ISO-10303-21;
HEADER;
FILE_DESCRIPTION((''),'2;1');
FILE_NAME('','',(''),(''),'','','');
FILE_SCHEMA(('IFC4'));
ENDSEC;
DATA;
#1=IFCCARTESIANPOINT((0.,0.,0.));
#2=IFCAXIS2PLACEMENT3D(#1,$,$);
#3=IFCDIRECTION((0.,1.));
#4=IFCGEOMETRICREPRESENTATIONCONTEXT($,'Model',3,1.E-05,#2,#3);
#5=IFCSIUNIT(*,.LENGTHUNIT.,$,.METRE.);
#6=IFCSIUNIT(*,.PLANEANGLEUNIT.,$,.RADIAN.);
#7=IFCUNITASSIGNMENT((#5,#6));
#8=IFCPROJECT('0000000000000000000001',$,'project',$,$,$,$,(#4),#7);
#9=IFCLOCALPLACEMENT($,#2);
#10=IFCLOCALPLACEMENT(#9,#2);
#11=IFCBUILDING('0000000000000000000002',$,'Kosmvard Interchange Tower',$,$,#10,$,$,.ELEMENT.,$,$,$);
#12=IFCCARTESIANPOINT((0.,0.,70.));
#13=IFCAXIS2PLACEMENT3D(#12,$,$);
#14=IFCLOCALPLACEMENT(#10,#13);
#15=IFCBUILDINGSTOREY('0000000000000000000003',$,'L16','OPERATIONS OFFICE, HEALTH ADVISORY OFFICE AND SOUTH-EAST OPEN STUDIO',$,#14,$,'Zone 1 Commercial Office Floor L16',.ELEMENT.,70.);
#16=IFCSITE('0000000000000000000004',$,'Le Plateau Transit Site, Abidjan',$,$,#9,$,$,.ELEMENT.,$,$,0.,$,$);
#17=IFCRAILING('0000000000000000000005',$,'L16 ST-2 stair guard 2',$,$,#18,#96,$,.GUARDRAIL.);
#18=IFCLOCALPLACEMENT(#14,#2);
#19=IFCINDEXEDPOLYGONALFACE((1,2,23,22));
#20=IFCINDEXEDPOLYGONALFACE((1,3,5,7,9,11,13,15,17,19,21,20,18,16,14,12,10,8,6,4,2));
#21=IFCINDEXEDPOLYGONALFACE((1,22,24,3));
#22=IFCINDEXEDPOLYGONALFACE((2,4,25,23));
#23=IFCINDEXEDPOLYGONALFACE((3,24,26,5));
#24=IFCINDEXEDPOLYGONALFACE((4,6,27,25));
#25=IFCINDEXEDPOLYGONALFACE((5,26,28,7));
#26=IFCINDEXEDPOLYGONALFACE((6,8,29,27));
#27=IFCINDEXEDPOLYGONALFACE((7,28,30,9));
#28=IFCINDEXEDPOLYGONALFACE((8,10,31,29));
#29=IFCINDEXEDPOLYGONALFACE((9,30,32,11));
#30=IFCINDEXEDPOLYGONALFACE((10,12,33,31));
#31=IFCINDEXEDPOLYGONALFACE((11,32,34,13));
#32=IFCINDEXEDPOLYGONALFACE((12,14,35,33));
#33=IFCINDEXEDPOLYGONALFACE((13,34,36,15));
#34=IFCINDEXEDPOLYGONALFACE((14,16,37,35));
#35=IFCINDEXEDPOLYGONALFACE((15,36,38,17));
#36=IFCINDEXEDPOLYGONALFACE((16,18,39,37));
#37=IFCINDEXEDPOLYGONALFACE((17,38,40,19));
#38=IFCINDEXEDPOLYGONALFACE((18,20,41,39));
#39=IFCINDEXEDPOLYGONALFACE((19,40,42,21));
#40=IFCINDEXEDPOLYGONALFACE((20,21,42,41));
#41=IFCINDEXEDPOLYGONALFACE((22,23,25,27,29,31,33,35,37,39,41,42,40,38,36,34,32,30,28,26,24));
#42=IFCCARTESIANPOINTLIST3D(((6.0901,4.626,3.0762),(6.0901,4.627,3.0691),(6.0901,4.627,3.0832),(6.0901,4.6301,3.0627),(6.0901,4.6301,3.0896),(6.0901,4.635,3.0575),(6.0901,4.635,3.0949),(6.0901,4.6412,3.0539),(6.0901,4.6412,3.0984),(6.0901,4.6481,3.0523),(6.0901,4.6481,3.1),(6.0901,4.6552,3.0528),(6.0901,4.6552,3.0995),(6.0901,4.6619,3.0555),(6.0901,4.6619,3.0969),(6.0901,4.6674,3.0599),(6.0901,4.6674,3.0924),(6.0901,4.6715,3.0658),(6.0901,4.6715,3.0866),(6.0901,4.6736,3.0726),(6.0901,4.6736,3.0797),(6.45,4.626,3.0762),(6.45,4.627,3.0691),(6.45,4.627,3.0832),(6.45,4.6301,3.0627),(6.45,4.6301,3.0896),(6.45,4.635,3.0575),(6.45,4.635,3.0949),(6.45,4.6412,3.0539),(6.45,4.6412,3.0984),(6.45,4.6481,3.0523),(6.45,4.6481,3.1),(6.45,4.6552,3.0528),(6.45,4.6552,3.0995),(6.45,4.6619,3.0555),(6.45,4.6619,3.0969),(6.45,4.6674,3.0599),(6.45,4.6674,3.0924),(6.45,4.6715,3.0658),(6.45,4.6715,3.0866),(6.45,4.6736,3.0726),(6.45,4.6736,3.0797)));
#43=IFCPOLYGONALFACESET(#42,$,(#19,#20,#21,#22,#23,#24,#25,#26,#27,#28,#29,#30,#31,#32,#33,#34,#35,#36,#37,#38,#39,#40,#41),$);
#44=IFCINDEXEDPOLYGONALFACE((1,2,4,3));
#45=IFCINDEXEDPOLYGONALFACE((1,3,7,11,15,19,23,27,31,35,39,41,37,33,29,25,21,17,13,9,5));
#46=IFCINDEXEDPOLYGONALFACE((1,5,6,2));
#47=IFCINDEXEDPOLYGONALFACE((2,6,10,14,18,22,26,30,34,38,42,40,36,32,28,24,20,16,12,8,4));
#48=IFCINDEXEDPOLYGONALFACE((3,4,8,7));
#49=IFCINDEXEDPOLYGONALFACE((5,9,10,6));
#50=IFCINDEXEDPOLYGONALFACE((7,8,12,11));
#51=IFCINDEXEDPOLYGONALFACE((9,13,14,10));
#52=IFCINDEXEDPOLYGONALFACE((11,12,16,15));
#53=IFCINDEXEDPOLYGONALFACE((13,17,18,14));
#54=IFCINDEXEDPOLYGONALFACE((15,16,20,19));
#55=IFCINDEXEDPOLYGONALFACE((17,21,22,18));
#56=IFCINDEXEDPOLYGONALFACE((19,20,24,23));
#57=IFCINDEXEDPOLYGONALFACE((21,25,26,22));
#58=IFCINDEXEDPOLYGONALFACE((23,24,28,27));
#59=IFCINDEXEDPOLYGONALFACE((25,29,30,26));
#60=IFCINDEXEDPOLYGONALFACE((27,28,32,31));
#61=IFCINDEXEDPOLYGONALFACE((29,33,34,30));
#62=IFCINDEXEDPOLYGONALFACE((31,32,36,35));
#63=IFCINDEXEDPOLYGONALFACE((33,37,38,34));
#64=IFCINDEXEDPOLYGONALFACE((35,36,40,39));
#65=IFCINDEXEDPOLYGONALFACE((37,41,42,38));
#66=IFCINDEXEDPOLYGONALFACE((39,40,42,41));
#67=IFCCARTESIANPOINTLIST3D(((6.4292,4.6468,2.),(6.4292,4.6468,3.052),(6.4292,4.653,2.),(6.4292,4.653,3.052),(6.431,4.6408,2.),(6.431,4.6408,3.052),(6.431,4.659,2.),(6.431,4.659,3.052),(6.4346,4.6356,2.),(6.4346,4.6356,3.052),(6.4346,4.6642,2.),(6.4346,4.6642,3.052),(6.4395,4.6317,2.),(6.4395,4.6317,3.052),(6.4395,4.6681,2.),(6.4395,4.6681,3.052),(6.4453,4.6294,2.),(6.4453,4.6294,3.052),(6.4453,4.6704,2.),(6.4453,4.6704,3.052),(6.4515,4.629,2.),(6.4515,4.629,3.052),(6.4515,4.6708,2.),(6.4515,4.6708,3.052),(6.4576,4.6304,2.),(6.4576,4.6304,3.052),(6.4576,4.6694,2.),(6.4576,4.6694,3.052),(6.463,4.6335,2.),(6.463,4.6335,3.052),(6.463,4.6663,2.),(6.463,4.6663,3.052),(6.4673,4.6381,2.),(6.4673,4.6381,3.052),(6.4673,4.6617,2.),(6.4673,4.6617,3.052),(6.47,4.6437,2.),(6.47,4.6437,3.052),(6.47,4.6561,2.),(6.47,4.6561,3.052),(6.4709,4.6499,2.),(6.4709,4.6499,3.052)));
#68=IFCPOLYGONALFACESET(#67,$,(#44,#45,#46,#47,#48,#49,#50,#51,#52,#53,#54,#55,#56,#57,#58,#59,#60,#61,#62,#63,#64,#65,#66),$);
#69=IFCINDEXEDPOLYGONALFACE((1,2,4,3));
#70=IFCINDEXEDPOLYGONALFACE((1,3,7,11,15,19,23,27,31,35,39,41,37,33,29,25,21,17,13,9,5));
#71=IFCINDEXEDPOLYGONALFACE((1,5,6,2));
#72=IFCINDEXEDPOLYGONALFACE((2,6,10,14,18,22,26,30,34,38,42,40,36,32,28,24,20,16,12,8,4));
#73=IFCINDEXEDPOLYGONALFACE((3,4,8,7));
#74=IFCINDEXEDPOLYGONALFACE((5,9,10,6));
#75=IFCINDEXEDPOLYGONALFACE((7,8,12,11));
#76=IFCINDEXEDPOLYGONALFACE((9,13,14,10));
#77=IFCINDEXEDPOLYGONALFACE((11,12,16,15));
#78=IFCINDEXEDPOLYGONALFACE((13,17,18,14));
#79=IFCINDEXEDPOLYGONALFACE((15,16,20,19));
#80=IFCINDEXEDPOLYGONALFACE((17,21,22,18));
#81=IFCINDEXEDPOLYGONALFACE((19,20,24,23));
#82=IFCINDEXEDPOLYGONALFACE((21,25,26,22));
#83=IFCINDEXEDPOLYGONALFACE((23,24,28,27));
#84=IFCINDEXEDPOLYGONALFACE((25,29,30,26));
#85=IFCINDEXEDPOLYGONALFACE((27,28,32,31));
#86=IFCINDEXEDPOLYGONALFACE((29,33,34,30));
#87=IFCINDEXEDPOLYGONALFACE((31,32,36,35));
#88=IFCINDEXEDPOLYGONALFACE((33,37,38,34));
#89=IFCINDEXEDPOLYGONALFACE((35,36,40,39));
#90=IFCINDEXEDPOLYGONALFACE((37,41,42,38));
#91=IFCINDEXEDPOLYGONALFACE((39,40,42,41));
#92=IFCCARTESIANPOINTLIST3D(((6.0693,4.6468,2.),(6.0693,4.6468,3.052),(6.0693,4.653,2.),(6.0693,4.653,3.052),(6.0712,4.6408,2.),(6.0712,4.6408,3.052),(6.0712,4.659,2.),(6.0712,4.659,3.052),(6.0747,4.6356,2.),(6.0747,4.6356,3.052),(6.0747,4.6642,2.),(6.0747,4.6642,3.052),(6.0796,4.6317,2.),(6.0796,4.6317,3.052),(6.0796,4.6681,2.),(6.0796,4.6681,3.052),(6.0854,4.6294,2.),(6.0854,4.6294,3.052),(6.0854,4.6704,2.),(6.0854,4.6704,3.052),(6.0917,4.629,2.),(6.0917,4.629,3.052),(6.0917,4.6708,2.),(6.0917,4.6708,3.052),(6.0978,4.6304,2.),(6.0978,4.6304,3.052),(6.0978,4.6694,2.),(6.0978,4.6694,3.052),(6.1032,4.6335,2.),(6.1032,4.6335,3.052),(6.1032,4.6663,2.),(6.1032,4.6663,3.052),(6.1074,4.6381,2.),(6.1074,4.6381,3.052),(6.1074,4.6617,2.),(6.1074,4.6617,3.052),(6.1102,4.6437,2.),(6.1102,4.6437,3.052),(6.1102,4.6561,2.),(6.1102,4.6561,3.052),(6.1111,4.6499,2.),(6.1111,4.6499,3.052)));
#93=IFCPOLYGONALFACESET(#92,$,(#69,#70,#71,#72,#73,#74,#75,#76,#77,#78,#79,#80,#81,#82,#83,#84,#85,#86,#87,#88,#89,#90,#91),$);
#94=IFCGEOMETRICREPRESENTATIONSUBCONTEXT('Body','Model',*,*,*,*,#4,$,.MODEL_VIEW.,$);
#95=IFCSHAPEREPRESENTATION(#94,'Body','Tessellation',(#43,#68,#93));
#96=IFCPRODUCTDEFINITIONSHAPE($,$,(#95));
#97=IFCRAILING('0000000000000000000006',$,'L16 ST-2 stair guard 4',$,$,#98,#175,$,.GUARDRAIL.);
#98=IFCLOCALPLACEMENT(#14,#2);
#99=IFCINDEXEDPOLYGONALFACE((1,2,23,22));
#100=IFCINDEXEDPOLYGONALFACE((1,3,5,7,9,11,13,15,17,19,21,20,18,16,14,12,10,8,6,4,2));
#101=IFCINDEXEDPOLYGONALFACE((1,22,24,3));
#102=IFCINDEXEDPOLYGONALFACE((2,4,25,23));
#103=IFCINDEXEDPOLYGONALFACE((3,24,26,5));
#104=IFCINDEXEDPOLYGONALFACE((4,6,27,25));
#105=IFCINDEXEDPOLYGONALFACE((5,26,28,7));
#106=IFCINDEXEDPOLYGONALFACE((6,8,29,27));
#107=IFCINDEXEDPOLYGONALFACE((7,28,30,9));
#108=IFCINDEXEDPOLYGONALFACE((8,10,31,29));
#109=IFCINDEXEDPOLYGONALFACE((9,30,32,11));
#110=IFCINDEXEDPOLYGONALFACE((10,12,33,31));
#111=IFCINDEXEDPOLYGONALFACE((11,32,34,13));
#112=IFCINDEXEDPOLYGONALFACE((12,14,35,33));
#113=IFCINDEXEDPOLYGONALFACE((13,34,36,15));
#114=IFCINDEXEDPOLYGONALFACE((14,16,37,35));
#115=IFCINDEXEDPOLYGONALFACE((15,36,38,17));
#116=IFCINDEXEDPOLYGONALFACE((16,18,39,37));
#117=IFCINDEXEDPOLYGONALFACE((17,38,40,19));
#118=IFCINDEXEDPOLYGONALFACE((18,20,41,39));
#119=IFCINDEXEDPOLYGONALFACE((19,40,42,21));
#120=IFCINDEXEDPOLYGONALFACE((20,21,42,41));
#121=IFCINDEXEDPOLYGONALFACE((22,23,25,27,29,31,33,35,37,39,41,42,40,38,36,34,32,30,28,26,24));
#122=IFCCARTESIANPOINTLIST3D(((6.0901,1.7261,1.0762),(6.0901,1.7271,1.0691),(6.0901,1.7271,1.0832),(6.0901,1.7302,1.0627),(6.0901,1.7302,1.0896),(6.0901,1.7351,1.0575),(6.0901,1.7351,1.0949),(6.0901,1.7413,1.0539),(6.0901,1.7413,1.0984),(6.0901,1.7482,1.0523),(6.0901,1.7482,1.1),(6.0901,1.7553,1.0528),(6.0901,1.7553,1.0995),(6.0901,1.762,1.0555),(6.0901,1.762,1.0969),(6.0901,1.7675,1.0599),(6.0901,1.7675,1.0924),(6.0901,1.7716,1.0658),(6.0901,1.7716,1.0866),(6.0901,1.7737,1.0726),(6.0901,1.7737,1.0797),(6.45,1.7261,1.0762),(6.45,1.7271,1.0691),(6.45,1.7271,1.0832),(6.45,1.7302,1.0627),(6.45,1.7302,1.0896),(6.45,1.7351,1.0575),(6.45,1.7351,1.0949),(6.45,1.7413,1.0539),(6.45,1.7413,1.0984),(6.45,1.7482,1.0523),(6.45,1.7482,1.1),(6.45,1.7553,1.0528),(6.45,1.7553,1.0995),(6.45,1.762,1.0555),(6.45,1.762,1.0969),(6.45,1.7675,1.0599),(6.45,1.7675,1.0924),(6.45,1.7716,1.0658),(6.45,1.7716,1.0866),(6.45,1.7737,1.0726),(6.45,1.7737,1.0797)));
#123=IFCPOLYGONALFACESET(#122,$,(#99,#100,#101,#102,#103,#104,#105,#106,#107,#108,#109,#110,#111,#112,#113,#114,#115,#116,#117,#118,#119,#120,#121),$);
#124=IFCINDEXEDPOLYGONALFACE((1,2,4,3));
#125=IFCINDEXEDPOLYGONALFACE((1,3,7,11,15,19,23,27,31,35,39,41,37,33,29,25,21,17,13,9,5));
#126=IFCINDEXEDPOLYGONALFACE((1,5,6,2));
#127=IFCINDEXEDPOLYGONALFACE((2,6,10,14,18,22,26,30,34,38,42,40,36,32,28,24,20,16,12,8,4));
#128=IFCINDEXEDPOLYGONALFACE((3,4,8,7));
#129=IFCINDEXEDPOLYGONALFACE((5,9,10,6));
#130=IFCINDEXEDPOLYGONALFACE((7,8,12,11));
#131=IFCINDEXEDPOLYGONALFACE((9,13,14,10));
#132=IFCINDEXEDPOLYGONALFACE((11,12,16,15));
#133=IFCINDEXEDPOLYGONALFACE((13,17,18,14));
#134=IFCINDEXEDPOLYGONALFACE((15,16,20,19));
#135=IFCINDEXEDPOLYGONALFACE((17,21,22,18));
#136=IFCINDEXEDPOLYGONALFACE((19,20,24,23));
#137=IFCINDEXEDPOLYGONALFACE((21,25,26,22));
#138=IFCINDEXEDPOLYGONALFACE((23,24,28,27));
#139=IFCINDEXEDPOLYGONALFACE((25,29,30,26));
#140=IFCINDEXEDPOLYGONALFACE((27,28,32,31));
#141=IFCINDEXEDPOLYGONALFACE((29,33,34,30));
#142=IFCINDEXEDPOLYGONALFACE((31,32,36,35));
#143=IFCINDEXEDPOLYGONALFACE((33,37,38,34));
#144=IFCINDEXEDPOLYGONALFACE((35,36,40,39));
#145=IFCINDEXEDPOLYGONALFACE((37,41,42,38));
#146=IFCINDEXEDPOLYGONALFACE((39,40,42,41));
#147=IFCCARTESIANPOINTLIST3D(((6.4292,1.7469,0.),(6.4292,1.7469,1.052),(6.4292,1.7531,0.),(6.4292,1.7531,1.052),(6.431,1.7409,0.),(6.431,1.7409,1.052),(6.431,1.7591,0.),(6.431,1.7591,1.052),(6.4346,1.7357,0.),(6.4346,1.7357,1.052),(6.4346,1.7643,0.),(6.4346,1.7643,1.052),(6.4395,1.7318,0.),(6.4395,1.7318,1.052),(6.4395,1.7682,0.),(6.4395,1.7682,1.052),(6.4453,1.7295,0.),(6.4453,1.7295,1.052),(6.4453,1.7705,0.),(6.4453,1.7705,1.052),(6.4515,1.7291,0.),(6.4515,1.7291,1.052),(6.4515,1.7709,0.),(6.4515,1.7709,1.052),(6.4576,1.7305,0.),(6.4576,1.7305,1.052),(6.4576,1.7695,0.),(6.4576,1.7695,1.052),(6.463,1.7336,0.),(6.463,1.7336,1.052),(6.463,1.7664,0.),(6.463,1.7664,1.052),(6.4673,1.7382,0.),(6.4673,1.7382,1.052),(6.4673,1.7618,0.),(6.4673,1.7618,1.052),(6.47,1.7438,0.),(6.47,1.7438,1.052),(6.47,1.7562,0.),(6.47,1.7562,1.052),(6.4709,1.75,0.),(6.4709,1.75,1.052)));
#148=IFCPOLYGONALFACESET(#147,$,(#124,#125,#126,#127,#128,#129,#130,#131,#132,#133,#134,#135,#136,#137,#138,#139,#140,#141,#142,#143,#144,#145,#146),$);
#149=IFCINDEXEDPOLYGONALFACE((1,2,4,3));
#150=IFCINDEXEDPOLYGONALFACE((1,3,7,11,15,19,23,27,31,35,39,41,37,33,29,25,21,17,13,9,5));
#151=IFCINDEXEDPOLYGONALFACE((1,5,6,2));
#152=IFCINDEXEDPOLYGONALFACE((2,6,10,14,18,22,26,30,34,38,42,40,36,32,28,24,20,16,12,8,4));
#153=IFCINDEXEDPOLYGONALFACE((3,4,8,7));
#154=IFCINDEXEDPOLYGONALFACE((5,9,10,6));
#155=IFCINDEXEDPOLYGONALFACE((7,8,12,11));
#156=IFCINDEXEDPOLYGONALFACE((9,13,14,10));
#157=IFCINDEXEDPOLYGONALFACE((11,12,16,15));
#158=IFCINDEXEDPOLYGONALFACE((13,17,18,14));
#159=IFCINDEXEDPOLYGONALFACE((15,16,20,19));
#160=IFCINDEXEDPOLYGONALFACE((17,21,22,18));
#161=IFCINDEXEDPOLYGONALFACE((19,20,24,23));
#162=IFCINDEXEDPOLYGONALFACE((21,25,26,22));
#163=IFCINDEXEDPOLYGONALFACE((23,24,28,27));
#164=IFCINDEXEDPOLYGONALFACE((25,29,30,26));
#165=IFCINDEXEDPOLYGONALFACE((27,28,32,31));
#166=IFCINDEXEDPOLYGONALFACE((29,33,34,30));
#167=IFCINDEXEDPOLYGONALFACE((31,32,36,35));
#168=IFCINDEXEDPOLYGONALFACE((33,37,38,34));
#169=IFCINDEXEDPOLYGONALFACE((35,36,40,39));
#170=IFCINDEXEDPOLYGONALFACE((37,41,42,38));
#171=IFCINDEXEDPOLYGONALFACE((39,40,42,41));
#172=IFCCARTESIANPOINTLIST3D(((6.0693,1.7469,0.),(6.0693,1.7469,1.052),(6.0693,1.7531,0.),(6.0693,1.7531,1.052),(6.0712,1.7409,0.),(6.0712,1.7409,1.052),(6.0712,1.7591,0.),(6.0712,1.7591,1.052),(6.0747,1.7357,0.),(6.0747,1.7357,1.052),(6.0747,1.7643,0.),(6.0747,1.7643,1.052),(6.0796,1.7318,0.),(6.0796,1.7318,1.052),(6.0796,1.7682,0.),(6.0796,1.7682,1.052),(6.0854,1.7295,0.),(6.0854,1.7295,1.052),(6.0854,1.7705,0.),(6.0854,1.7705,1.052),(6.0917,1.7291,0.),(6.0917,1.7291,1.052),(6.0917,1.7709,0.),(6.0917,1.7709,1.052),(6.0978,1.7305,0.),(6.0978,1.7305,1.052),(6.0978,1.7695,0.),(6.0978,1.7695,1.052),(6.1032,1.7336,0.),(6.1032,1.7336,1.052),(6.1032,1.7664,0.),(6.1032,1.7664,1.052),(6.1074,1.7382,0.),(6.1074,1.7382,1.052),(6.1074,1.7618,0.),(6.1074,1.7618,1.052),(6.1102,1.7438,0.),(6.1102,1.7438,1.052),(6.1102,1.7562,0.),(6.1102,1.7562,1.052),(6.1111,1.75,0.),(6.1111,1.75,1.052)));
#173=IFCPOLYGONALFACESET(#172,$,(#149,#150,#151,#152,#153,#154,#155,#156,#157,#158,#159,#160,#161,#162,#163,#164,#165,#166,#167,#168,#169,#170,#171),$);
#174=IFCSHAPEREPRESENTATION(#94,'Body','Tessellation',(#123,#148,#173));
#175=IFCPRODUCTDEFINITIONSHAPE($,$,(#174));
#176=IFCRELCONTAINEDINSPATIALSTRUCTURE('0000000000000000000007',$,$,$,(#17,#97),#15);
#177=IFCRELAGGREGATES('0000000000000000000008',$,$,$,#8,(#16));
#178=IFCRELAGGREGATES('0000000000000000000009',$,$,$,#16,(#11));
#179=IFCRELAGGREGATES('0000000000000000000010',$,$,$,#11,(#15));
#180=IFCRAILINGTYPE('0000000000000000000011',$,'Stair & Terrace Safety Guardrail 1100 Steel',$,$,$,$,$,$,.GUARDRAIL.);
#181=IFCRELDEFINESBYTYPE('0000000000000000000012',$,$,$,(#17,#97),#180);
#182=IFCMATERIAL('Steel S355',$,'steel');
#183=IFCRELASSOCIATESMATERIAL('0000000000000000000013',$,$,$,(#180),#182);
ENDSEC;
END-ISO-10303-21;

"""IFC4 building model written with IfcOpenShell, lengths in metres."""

from ifc_helpers import new_model, si_unit, direction, frame, origin, origin_2d, place, context, subcontext, project, spatial, circle, extrude, source, transform, mapped, material, type_object, element, save


model = new_model("IFC4")

# Units and contexts
model_context = context("Model", 3, precision=1e-05, world=origin(), true_north=direction((0.0, 1.0)))
body_context = subcontext(model_context, "Body", "Model", "MODEL_VIEW")
ifc_project = project(units=[si_unit("LENGTHUNIT", "METRE"), si_unit("PLANEANGLEUNIT", "RADIAN")], contexts=[model_context])

# Site, building, storey
site_placement = place(None, origin())
site = spatial("IfcSite", under=ifc_project, at=site_placement, Name="Le Plateau Transit Site, Abidjan", CompositionType="ELEMENT", RefElevation=0.0)
building_placement = place(site_placement, origin())
building = spatial("IfcBuilding", under=site, at=building_placement, Name="Kosmvard Interchange Tower", CompositionType="ELEMENT")
storey_placement = place(building_placement, frame((0.0, 0.0, 70.0)))
storey = spatial("IfcBuildingStorey", under=building, at=storey_placement, Name="L16", Description="OPERATIONS OFFICE, HEALTH ADVISORY OFFICE AND SOUTH-EAST OPEN STUDIO", LongName="Zone 1 Commercial Office Floor L16", CompositionType="ELEMENT", Elevation=70.0)

# Shared definitions
ifc_material_1 = material(Name="Steel S355", Category="steel")

# Railings
railing_type_1 = type_object("IfcRailingType", Name="Stair & Terrace Safety Guardrail 1100 Steel", PredefinedType="GUARDRAIL", material=ifc_material_1)
shared_shape_1 = source(origin(), body_context, "Body", "SweptSolid", [
    extrude(circle(Radius=0.0239, at=origin_2d()), frame((0.0, 0.0, 1.0762), z_axis=(-1.0, 0.0, 0.0), x_axis=(0.0, -1.0, 0.0)), (0.0, 0.0, 1.0), 0.3599),
    extrude(circle(Radius=0.021, at=origin_2d()), origin(), (0.0, 0.0, 1.0), 1.052),
    extrude(circle(Radius=0.021, at=origin_2d()), frame((-0.3599, 0.0, 0.0)), (0.0, 0.0, 1.0), 1.052),
])
for number, where, name in (
    (1, (6.45, 4.6499, 2.0), "L16 ST-2 stair guard 2"),
    (2, (6.45, 1.75, 0.0), "L16 ST-2 stair guard 4"),
):
    element("IfcRailing", number, at=place(storey_placement, frame(where)), inside=storey, type_object=railing_type_1, Name=name, PredefinedType="GUARDRAIL", context=body_context, shape_type="MappedRepresentation", body=[
        mapped(shared_shape_1, transform((0.0, 0.0, 0.0), scale=1.0)),
    ])

save(model, "model.ifc")
